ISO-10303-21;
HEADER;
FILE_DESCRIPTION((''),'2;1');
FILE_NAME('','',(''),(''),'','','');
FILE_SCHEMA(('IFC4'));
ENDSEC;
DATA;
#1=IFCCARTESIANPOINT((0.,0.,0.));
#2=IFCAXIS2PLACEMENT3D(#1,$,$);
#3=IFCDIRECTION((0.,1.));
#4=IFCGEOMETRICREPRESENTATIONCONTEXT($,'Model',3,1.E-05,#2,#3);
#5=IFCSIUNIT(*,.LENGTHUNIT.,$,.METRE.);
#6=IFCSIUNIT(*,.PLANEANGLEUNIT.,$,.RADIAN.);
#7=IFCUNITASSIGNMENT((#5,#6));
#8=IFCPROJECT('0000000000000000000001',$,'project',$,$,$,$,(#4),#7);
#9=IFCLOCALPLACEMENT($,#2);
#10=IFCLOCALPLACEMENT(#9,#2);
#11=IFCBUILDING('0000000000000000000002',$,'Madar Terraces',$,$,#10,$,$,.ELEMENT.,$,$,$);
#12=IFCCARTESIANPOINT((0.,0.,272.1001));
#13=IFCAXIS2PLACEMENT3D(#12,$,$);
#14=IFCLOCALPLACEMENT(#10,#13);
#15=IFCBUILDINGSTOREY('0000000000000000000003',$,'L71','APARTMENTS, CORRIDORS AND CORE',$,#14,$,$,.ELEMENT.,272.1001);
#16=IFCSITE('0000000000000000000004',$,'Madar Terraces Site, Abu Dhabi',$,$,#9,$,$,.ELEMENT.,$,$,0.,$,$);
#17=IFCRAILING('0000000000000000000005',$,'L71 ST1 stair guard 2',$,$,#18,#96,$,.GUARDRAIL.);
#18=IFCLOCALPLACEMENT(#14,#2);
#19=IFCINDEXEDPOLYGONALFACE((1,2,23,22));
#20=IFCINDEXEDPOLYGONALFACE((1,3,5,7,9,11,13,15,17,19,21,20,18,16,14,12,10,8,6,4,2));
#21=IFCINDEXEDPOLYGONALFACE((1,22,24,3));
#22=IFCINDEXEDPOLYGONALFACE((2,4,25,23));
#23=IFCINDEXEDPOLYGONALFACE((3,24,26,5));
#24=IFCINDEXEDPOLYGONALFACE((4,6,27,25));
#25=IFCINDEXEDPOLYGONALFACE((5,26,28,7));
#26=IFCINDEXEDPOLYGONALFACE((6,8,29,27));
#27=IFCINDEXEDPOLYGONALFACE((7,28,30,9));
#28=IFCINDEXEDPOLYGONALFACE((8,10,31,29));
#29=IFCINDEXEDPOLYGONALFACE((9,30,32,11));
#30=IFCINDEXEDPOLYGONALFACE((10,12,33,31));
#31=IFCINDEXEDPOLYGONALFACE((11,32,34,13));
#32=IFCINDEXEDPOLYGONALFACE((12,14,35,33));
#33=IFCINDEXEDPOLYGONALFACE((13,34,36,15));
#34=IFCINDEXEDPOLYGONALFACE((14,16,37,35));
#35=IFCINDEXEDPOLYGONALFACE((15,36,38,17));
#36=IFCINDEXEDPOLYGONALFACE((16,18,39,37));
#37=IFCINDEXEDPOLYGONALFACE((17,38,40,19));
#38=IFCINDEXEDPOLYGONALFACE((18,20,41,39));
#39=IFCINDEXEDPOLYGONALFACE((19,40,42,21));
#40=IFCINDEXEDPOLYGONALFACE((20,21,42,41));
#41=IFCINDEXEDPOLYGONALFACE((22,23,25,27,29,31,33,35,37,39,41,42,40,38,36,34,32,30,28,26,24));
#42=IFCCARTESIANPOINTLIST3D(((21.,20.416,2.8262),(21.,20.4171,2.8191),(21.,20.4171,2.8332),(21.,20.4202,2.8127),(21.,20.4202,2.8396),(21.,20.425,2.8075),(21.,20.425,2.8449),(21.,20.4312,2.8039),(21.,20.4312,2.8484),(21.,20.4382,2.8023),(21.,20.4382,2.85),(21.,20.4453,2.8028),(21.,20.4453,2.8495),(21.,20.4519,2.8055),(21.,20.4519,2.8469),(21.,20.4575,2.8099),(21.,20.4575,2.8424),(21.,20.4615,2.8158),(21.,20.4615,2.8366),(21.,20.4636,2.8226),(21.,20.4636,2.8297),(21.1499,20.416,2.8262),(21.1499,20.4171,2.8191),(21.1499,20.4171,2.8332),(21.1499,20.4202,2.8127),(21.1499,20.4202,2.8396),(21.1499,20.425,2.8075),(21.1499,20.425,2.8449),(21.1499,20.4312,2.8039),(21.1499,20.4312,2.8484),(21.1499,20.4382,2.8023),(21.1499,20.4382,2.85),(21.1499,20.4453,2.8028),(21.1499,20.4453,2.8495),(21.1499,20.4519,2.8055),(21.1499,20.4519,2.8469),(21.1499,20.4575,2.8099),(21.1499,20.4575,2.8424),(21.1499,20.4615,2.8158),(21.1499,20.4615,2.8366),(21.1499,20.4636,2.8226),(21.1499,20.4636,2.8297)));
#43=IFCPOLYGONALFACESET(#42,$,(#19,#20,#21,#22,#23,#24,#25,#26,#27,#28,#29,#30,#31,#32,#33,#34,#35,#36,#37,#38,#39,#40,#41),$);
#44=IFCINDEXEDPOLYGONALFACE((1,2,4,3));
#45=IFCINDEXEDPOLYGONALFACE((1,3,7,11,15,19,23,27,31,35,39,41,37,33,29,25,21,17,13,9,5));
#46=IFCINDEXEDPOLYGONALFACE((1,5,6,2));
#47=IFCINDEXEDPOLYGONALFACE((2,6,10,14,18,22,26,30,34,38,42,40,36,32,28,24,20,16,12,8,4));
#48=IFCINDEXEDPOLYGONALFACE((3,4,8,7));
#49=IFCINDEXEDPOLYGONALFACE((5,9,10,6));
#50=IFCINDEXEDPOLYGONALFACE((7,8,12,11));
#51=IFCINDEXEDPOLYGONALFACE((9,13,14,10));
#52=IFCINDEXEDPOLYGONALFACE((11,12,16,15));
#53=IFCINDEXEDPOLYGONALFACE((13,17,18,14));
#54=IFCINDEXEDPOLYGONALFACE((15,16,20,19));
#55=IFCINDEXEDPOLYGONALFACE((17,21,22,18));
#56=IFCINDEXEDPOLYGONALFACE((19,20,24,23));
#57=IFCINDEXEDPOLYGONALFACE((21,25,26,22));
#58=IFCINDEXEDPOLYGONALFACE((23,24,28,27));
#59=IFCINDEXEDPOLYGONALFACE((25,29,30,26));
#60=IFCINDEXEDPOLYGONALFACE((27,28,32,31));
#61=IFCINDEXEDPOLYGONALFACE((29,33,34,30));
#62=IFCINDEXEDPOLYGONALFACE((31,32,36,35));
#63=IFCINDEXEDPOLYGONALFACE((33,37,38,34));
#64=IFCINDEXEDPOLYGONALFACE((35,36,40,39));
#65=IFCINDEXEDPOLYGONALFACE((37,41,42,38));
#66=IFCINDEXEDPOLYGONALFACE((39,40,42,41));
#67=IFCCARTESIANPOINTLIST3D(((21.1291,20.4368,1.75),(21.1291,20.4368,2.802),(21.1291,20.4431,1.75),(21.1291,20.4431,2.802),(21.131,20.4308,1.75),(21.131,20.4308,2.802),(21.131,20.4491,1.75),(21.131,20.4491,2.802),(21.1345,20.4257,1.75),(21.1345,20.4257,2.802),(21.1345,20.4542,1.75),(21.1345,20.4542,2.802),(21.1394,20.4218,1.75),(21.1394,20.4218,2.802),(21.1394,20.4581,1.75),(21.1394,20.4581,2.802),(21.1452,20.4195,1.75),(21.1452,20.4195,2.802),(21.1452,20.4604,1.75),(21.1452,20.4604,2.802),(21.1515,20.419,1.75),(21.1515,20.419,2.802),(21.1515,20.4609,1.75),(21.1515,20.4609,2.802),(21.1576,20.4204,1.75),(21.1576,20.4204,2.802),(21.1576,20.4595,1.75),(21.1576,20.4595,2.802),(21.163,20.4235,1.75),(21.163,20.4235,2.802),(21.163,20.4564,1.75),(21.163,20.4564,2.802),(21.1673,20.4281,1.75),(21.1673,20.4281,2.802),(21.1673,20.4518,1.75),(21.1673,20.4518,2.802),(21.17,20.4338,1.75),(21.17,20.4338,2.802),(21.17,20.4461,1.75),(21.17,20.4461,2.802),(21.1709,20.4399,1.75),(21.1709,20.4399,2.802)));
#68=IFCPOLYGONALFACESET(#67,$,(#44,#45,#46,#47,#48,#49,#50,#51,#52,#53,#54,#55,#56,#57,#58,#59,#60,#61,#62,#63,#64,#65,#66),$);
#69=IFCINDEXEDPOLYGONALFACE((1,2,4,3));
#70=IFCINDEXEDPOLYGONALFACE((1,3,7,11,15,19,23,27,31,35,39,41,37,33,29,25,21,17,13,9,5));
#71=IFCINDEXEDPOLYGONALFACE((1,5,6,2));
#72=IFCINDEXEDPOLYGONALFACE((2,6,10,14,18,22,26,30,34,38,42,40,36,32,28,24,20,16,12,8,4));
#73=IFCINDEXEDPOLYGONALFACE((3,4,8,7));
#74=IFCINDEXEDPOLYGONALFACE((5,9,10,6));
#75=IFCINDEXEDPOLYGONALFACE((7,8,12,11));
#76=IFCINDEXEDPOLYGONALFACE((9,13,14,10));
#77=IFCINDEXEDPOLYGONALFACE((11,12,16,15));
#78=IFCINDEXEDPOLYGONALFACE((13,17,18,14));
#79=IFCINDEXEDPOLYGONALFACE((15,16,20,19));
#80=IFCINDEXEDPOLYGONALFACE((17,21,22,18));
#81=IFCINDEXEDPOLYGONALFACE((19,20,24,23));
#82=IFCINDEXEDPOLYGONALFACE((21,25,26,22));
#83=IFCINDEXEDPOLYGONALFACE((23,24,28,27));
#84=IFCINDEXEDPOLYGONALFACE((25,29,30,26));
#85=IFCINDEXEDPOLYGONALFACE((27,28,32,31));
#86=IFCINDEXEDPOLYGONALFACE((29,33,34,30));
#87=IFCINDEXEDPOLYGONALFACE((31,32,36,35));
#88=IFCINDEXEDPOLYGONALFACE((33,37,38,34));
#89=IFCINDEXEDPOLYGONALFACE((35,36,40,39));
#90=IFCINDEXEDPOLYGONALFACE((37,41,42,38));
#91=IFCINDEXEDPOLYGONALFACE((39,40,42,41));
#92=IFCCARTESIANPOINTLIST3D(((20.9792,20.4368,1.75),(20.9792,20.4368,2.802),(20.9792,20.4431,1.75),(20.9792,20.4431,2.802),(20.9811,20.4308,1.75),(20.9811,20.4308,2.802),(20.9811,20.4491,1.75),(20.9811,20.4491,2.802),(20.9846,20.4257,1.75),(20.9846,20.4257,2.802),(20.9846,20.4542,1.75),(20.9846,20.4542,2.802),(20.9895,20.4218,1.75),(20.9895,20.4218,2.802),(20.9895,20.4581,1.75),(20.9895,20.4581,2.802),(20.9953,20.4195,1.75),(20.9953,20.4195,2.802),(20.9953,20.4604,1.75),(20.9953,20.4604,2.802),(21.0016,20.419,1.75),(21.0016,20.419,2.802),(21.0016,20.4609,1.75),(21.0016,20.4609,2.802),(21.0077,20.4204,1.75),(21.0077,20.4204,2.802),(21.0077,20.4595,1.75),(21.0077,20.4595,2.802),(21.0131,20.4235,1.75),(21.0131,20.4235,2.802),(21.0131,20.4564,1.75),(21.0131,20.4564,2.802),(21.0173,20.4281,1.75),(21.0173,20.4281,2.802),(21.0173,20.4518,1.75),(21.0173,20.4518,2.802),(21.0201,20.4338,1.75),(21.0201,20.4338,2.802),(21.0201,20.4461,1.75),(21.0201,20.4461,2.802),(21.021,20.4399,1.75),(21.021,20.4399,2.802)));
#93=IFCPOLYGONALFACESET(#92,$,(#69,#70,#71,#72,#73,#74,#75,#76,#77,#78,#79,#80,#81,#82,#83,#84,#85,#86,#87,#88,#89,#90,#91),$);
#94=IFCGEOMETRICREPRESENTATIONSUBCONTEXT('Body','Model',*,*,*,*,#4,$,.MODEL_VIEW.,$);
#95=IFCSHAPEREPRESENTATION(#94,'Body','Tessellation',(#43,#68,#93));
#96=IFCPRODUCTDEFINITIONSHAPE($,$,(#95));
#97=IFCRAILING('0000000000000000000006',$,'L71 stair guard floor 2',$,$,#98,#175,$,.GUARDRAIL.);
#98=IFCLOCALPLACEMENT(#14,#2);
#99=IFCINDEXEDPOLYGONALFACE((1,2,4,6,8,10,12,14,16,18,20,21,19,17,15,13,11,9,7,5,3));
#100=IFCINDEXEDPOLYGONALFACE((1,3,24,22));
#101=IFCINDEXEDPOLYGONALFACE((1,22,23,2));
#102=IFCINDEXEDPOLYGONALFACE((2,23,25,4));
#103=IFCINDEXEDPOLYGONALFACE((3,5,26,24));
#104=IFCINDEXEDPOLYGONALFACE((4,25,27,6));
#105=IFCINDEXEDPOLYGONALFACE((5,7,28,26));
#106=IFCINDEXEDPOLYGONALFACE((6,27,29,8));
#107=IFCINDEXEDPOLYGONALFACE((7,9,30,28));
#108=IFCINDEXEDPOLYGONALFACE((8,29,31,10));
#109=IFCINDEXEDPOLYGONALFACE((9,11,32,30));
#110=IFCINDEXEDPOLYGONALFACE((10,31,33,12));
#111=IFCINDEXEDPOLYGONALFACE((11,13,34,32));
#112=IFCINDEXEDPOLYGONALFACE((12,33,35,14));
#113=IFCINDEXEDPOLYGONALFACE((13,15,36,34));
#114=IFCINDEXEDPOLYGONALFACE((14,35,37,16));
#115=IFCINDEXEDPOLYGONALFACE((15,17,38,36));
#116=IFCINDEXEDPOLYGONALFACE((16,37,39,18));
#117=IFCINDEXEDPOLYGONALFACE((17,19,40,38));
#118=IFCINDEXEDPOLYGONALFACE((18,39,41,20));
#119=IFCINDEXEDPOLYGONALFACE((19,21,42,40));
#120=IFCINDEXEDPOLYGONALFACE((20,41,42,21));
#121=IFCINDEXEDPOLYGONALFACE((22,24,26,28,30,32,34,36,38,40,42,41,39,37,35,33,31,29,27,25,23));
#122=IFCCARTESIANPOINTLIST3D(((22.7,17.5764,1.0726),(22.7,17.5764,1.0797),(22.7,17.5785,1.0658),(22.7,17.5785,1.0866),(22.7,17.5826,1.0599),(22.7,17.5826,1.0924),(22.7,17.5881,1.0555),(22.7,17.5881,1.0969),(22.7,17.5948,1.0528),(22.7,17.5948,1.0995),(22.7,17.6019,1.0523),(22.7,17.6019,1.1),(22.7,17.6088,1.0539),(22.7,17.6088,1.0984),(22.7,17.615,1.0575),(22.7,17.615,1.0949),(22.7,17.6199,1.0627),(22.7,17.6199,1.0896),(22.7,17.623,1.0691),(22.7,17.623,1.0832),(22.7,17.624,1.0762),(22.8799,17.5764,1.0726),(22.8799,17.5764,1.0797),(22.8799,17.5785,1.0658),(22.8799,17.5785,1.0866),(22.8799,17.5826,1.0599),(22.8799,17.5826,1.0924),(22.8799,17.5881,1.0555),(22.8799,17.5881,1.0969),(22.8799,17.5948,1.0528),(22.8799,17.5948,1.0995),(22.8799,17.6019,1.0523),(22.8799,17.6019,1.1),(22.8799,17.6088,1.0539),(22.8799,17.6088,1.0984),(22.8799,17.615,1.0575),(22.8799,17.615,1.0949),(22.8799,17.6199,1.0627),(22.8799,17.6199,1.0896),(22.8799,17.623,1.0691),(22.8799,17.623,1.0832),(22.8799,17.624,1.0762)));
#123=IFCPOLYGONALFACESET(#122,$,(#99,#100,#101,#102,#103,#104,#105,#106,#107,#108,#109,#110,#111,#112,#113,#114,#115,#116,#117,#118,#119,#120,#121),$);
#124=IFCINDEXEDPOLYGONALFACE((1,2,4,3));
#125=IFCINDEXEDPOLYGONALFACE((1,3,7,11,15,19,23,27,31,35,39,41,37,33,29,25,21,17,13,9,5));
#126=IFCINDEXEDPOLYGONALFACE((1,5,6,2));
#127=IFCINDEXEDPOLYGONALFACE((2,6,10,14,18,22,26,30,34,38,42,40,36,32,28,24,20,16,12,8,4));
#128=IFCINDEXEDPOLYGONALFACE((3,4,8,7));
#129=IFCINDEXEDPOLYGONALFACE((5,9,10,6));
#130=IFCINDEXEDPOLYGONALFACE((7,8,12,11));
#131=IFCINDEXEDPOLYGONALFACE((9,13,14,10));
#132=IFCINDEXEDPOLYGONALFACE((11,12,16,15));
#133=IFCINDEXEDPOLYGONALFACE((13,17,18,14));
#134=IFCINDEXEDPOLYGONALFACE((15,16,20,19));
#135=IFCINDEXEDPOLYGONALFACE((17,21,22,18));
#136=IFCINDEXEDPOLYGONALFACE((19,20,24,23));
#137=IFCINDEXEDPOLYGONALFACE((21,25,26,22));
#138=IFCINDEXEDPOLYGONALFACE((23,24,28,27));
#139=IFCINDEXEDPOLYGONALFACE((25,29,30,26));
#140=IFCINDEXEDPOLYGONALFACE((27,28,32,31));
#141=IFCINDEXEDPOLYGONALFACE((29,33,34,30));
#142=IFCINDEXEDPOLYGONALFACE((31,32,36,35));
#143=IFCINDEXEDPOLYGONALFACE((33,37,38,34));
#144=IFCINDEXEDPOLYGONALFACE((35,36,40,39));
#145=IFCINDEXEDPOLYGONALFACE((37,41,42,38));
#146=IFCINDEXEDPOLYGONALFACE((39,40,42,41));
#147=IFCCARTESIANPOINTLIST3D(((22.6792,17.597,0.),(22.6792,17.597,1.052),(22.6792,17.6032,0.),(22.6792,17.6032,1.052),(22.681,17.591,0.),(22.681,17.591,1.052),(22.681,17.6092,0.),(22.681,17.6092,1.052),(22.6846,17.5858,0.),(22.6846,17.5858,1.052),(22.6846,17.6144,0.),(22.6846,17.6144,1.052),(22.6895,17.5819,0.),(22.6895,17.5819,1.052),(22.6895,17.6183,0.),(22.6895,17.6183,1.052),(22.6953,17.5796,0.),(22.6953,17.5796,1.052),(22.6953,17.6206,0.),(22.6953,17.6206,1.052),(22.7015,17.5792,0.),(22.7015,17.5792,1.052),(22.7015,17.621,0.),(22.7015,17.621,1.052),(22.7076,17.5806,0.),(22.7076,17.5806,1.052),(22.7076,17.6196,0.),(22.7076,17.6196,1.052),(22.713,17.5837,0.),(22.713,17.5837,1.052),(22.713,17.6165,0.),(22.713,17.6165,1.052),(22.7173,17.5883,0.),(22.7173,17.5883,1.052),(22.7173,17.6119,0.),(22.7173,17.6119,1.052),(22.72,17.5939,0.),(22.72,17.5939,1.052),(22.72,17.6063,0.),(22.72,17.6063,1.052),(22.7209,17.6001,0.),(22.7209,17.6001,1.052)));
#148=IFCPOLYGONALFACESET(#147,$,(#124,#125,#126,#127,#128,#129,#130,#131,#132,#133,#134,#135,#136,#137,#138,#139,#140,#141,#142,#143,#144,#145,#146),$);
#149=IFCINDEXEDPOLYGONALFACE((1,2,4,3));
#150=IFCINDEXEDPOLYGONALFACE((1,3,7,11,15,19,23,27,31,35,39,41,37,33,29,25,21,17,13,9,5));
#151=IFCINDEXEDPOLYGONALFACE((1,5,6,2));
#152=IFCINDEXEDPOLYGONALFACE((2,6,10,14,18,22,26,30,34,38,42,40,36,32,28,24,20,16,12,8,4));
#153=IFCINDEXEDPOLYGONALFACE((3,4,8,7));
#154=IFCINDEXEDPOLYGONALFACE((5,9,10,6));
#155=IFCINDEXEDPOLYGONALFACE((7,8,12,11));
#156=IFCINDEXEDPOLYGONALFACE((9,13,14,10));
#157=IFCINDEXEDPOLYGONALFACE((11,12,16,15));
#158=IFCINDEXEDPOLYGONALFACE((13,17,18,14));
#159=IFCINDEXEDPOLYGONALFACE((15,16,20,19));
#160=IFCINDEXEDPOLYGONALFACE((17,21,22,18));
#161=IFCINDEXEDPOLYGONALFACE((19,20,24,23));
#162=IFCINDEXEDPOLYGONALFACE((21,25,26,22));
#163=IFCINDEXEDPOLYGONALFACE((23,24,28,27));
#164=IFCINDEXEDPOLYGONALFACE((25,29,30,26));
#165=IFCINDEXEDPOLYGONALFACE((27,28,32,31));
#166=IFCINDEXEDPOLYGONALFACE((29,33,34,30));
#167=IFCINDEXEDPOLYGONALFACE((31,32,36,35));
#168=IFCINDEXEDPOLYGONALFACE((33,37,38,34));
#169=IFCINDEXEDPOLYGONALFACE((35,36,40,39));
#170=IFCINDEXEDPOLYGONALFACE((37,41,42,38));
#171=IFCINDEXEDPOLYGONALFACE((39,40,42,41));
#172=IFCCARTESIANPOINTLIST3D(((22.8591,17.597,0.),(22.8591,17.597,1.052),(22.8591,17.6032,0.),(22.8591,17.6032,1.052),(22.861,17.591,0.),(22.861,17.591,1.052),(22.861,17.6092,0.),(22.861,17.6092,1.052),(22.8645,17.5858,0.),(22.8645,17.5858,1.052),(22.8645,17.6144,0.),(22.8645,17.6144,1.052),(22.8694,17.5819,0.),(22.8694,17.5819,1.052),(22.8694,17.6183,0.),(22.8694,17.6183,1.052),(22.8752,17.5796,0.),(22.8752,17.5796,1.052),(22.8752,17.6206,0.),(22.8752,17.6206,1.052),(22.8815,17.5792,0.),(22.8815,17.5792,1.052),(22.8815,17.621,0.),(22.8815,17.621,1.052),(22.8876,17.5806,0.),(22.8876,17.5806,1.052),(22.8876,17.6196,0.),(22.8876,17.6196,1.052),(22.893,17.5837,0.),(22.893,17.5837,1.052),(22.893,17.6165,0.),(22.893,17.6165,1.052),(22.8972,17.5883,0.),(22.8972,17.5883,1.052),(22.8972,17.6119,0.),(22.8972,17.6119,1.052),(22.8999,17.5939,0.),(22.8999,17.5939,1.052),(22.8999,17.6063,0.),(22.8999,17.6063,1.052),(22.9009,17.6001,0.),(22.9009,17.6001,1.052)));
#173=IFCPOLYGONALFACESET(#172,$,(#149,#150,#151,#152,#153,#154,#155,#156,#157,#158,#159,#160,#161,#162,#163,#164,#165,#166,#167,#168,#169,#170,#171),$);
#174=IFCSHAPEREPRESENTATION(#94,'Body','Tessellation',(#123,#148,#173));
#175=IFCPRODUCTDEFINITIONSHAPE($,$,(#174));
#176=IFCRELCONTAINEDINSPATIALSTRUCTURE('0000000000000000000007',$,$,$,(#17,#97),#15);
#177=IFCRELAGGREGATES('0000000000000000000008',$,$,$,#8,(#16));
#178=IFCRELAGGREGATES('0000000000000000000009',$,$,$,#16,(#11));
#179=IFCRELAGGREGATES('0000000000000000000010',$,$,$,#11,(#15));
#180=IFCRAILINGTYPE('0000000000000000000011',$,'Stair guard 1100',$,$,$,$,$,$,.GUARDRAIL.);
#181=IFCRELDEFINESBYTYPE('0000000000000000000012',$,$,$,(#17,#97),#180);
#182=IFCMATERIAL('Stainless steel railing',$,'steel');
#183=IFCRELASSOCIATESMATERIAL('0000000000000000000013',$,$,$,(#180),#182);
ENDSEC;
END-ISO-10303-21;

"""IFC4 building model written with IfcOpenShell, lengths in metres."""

from ifc_helpers import new_model, si_unit, direction, frame, origin, origin_2d, place, context, subcontext, project, spatial, circle, extrude, material, type_object, element, save


model = new_model("IFC4")

# Units and contexts
model_context = context("Model", 3, precision=1e-05, world=origin(), true_north=direction((0.0, 1.0)))
body_context = subcontext(model_context, "Body", "Model", "MODEL_VIEW")
ifc_project = project(units=[si_unit("LENGTHUNIT", "METRE"), si_unit("PLANEANGLEUNIT", "RADIAN")], contexts=[model_context])

# Site, building, storey
site_placement = place(None, origin())
site = spatial("IfcSite", under=ifc_project, at=site_placement, Name="Madar Terraces Site, Abu Dhabi", CompositionType="ELEMENT", RefElevation=0.0)
building_placement = place(site_placement, origin())
building = spatial("IfcBuilding", under=site, at=building_placement, Name="Madar Terraces", CompositionType="ELEMENT")
storey_placement = place(building_placement, frame((0.0, 0.0, 272.1001)))
storey = spatial("IfcBuildingStorey", under=building, at=storey_placement, Name="L71", Description="APARTMENTS, CORRIDORS AND CORE", CompositionType="ELEMENT", Elevation=272.1001)

# Railings
ifc_material_1 = material(Name="Stainless steel railing", Category="steel")
railing_type_1 = type_object("IfcRailingType", Name="Stair guard 1100", PredefinedType="GUARDRAIL", material=ifc_material_1)
railing_1_placement = place(storey_placement, frame((21.1499, 20.4399, 1.75)))
element("IfcRailing", 1, at=railing_1_placement, inside=storey, type_object=railing_type_1, Name="L71 ST1 stair guard 2", PredefinedType="GUARDRAIL", context=body_context, shape_type="SweptSolid", body=[
    extrude(circle(Radius=0.0239, at=origin_2d()), frame((0.0, 0.0, 1.0762), z_axis=(-1.0, 0.0, 0.0), x_axis=(0.0, -1.0, 0.0)), (0.0, 0.0, 1.0), 0.1499),
    extrude(circle(Radius=0.021, at=origin_2d()), origin(), (0.0, 0.0, 1.0), 1.052),
    extrude(circle(Radius=0.021, at=origin_2d()), frame((-0.1499, 0.0, 0.0)), (0.0, 0.0, 1.0), 1.052),
])
railing_2_placement = place(storey_placement, frame((22.7, 17.6001, 0.0)))
element("IfcRailing", 2, at=railing_2_placement, inside=storey, type_object=railing_type_1, Name="L71 stair guard floor 2", PredefinedType="GUARDRAIL", context=body_context, shape_type="SweptSolid", body=[
    extrude(circle(Radius=0.0239, at=origin_2d()), frame((0.0, 0.0, 1.0762), z_axis=(1.0, 0.0, 0.0), x_axis=(0.0, 1.0, 0.0)), (0.0, 0.0, 1.0), 0.1799),
    extrude(circle(Radius=0.021, at=origin_2d()), origin(), (0.0, 0.0, 1.0), 1.052),
    extrude(circle(Radius=0.021, at=origin_2d()), frame((0.1799, 0.0, 0.0)), (0.0, 0.0, 1.0), 1.052),
])

save(model, "model.ifc")
